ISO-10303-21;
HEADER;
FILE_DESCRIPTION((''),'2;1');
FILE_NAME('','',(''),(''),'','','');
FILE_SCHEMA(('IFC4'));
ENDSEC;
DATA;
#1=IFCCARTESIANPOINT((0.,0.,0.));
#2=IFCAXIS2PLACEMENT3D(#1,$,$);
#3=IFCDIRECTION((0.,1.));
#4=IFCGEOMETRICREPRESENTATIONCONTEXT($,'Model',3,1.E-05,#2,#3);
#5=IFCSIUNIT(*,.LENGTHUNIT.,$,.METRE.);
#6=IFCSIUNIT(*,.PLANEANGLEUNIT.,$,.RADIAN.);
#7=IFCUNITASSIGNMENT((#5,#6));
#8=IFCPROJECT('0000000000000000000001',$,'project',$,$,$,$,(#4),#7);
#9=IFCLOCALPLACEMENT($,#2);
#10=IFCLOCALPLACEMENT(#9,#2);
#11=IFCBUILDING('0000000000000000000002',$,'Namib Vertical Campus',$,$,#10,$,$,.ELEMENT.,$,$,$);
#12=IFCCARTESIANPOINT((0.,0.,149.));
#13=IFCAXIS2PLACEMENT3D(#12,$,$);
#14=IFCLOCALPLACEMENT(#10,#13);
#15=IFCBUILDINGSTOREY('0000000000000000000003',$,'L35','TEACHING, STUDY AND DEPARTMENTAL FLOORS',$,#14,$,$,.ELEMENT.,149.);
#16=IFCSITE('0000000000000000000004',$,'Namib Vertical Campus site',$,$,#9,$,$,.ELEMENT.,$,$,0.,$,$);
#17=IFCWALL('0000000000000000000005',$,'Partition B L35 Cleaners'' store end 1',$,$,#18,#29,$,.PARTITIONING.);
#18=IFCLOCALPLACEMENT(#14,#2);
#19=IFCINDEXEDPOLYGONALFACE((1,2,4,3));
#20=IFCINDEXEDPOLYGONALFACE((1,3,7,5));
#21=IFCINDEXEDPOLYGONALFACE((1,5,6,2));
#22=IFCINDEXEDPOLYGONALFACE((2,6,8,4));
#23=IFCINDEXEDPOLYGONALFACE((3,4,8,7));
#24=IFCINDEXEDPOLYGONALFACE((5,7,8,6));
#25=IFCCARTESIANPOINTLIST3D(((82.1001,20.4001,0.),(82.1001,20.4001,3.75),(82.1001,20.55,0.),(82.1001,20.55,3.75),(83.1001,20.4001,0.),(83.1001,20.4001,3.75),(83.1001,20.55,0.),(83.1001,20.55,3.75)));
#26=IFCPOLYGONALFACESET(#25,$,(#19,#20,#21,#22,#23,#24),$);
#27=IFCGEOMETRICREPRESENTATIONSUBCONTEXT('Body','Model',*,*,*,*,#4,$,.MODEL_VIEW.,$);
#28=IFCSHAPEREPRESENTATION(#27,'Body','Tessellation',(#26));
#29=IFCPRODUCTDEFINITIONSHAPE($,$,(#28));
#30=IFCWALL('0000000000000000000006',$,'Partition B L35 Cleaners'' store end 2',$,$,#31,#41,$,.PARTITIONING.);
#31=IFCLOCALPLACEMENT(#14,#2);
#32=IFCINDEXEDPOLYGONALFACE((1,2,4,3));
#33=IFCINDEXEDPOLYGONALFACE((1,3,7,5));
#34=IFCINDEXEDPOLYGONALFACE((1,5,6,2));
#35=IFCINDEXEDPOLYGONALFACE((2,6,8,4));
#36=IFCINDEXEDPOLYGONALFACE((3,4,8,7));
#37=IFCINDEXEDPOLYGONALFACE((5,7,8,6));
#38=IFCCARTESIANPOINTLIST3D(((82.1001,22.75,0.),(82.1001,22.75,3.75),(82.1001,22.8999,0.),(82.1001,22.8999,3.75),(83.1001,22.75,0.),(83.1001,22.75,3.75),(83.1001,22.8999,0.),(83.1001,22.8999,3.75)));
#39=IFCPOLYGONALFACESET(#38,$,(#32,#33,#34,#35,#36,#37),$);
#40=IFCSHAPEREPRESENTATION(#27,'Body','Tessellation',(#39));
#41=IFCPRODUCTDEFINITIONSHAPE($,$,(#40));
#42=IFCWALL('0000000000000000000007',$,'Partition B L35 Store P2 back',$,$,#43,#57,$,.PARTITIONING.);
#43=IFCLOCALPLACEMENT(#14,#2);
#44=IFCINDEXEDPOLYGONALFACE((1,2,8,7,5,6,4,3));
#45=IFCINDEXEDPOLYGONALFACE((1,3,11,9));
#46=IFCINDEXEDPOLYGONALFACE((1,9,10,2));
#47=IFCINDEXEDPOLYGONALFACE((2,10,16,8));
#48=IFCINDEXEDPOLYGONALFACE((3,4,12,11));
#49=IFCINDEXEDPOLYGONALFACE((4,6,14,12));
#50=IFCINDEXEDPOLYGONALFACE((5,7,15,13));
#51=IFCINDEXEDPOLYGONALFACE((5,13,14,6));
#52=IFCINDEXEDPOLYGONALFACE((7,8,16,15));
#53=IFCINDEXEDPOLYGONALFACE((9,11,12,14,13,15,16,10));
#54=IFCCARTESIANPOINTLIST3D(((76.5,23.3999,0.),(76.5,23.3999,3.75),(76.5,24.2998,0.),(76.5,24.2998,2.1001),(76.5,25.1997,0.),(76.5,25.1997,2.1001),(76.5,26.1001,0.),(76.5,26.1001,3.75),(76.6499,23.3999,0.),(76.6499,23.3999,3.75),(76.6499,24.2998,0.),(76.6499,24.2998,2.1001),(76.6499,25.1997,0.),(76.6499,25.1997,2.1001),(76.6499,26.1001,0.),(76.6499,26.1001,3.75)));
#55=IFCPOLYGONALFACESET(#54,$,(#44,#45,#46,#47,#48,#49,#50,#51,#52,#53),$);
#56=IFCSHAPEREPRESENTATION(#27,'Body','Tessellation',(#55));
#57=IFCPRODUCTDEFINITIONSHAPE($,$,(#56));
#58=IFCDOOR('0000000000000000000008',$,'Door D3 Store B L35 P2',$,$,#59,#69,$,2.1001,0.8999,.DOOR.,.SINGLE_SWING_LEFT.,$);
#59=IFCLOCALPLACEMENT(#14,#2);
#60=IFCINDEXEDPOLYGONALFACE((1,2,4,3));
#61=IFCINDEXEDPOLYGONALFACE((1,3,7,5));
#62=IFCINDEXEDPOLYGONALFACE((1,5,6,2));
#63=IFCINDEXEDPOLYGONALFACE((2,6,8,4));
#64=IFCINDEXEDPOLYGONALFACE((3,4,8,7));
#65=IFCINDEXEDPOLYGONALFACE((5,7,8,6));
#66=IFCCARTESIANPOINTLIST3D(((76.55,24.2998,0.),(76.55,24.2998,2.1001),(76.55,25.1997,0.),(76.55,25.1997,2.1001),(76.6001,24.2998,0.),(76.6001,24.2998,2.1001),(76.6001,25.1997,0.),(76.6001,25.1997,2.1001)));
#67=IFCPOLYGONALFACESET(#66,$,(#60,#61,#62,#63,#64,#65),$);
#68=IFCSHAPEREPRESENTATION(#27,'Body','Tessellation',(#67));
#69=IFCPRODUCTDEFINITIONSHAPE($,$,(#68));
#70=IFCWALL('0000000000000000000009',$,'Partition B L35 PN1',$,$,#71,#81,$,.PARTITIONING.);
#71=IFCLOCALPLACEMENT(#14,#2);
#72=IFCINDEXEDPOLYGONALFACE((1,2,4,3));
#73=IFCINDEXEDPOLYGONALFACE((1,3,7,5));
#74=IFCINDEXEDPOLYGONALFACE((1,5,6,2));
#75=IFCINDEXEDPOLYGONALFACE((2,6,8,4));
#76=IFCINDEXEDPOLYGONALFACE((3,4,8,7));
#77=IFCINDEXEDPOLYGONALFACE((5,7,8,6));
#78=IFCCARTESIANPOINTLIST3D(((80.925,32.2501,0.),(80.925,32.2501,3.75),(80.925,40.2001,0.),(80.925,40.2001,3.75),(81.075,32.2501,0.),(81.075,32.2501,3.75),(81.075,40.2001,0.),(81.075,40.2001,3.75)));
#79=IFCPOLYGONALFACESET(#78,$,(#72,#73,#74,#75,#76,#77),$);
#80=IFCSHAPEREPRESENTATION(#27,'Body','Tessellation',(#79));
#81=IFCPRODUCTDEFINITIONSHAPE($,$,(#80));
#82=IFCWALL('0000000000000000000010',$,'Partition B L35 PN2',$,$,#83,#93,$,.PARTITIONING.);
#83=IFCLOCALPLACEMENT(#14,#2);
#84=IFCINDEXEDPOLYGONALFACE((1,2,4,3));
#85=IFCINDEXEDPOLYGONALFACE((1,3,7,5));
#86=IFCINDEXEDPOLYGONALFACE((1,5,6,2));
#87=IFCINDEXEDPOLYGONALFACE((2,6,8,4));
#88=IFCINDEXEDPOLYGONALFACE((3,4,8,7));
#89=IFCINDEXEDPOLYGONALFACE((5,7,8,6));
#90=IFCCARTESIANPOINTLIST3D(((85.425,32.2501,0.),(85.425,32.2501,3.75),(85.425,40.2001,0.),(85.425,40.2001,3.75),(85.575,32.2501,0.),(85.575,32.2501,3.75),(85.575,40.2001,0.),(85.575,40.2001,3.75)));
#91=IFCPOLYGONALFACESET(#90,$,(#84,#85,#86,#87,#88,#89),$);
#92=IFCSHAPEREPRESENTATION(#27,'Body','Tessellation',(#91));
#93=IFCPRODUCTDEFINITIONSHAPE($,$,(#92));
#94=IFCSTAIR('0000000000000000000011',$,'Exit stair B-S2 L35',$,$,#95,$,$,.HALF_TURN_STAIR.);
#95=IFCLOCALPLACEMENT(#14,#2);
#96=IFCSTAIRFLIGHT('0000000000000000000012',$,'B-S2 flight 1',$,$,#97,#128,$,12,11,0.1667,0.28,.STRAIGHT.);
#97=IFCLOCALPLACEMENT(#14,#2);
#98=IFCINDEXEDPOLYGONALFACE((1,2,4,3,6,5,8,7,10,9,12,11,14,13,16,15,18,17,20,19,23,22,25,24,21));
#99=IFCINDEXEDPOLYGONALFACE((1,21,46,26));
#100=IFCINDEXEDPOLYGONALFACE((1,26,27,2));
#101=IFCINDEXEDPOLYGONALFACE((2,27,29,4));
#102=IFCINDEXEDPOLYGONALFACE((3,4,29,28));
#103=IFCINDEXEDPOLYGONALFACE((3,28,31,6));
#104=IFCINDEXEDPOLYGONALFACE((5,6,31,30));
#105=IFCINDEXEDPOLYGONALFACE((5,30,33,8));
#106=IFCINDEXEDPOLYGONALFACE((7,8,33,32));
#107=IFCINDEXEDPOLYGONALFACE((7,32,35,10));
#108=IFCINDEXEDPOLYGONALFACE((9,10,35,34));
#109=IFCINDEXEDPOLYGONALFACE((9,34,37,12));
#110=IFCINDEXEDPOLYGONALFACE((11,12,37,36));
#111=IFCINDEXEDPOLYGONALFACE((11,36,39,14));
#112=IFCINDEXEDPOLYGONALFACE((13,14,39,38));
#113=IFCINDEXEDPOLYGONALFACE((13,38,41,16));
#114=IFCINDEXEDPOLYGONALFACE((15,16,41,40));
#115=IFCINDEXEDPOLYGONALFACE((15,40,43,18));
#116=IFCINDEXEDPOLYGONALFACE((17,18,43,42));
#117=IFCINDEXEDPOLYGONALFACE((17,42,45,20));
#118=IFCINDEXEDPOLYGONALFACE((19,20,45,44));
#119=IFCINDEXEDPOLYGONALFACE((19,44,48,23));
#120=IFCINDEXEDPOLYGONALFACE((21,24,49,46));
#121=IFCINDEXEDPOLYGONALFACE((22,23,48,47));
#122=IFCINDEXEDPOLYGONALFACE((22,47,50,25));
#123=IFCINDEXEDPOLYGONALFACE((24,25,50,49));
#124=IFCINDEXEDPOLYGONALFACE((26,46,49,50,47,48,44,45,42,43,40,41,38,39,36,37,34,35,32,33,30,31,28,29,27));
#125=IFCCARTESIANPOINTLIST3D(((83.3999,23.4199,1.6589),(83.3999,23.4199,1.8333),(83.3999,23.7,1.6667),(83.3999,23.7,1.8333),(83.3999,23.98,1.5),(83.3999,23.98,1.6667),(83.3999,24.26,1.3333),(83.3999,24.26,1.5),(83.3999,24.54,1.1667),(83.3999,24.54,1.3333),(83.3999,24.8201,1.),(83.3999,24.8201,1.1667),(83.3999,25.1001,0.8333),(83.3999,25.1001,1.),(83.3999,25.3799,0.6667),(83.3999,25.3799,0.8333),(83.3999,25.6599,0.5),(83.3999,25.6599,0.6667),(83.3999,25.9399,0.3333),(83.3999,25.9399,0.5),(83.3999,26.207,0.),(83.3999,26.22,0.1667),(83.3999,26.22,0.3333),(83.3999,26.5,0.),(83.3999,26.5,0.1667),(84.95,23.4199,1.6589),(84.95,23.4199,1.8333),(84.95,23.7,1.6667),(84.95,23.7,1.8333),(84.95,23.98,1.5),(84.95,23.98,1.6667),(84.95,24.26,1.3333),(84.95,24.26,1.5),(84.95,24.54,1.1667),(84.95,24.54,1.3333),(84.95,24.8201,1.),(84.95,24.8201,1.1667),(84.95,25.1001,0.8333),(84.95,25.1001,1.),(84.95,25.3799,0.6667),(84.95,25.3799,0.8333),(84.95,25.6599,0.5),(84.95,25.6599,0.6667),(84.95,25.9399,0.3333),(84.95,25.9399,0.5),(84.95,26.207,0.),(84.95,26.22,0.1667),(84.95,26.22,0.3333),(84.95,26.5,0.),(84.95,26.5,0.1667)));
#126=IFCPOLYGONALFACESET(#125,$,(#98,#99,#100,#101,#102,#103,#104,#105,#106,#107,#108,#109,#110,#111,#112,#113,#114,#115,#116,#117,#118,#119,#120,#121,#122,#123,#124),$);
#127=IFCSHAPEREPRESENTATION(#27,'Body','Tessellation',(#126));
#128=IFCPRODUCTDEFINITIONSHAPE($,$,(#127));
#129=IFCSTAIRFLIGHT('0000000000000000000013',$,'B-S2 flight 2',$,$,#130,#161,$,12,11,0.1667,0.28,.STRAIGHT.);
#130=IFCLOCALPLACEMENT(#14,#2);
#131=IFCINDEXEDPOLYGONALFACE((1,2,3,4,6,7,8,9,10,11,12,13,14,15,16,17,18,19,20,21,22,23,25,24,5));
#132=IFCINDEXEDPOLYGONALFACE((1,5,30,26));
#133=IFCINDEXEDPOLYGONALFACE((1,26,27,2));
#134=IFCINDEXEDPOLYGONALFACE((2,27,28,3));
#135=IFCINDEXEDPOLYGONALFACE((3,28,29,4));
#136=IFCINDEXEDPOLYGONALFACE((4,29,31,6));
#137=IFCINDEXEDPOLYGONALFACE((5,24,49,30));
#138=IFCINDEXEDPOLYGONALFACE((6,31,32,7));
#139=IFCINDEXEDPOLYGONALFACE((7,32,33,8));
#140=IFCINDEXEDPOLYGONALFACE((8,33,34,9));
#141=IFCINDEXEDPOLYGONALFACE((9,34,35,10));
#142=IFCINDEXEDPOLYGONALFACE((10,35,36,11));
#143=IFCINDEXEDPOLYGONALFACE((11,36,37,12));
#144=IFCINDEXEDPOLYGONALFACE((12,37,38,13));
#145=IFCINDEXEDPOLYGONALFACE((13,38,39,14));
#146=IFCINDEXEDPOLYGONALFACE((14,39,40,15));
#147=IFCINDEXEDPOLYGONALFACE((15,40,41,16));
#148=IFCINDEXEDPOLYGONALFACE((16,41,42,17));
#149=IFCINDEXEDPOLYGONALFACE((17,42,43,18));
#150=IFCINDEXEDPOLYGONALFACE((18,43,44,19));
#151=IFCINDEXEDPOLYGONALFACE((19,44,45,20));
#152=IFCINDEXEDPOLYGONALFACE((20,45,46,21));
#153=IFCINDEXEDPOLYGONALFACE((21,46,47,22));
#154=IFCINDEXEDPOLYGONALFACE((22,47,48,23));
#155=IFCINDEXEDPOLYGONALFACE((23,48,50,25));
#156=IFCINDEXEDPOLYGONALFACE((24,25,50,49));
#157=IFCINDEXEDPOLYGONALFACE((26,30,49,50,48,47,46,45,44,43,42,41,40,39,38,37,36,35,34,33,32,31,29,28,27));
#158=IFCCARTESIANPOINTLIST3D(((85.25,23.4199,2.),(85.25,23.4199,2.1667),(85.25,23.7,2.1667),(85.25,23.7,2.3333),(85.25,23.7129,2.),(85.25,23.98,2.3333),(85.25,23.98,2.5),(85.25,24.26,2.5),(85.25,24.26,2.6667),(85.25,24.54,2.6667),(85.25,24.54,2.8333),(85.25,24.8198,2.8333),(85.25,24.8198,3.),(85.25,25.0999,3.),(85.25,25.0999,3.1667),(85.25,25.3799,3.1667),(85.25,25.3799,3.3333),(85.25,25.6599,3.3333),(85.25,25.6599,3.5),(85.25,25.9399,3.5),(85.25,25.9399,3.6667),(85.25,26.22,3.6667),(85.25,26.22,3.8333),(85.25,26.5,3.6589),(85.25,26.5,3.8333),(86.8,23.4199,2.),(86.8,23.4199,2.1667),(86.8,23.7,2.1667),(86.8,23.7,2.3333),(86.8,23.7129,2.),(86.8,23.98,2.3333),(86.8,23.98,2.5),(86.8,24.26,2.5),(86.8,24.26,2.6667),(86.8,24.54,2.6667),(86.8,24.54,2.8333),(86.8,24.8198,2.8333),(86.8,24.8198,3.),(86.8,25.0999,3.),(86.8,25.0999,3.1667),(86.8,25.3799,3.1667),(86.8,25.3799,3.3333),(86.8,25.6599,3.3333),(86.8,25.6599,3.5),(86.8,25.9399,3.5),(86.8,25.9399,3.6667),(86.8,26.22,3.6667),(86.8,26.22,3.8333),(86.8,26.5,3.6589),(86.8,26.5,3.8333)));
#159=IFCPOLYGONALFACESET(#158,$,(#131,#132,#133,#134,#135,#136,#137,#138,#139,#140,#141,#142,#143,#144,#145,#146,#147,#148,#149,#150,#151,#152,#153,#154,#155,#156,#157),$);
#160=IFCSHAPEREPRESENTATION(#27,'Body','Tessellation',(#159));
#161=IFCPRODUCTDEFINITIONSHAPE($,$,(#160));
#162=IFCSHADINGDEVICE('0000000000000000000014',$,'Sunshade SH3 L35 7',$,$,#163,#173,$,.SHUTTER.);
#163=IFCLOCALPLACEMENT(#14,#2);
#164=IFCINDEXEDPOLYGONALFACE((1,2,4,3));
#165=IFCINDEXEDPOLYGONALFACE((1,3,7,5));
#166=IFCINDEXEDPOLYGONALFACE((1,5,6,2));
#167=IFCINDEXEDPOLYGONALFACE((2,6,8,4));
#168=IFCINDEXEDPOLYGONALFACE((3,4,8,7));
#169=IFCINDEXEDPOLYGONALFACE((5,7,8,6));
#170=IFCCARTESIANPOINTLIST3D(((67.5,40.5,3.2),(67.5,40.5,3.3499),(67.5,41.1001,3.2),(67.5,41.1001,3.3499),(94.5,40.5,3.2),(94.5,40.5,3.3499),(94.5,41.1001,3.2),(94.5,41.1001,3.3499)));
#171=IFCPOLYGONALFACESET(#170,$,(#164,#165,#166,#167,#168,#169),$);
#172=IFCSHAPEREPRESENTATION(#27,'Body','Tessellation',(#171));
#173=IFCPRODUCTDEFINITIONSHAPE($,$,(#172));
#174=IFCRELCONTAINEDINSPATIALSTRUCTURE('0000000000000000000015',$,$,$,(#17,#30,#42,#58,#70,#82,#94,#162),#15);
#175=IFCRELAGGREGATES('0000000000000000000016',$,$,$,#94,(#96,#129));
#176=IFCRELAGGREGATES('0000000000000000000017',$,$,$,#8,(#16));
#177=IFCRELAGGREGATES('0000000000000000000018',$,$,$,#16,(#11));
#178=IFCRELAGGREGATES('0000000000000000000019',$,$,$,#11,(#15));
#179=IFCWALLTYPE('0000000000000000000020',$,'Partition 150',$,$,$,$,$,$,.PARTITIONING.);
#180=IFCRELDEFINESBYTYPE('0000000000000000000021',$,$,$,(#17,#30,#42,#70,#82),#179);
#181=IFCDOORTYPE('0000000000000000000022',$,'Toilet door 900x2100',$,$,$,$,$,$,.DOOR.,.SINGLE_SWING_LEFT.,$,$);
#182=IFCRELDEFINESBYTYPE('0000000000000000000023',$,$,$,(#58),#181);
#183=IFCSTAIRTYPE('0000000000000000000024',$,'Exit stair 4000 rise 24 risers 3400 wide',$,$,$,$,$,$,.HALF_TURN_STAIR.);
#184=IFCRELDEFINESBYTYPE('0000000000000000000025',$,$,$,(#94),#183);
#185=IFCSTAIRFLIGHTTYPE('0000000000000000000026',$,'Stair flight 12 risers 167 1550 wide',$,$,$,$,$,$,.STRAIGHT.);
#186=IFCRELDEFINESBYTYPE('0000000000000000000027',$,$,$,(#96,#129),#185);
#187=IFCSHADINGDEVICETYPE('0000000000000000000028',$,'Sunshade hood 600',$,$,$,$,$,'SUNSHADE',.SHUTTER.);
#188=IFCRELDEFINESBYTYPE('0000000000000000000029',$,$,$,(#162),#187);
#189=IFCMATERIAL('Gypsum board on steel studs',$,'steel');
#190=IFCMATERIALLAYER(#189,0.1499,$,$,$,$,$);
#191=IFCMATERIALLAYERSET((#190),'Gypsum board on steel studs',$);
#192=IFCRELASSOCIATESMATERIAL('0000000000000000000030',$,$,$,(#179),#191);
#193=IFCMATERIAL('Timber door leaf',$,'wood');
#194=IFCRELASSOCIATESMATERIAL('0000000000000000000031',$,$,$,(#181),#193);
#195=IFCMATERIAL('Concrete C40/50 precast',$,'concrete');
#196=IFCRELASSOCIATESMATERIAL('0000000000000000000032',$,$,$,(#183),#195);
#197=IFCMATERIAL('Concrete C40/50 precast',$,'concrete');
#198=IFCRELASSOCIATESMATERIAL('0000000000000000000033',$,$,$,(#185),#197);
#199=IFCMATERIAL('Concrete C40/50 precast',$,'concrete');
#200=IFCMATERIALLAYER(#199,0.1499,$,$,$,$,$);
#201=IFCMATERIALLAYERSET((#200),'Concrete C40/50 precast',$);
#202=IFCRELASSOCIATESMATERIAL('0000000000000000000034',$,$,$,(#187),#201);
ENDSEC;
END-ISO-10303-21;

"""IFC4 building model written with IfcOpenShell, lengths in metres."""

from ifc_helpers import new_model, si_unit, direction, frame, frame_2d, origin, origin_2d, place, context, subcontext, project, spatial, polyline, rectangle, outline, extrude, material, layer, layer_set, type_object, element, fill, aggregate, save


model = new_model("IFC4")

# Units and contexts
model_context = context("Model", 3, precision=1e-05, world=origin(), true_north=direction((0.0, 1.0)))
body_context = subcontext(model_context, "Body", "Model", "MODEL_VIEW")
ifc_project = project(units=[si_unit("LENGTHUNIT", "METRE"), si_unit("PLANEANGLEUNIT", "RADIAN")], contexts=[model_context])

# Site, building, storey
site_placement = place(None, origin())
site = spatial("IfcSite", under=ifc_project, at=site_placement, Name="Namib Vertical Campus site", CompositionType="ELEMENT", RefElevation=0.0)
building_placement = place(site_placement, origin())
building = spatial("IfcBuilding", under=site, at=building_placement, Name="Namib Vertical Campus", CompositionType="ELEMENT")
storey_placement = place(building_placement, frame((0.0, 0.0, 149.0)))
storey = spatial("IfcBuildingStorey", under=building, at=storey_placement, Name="L35", Description="TEACHING, STUDY AND DEPARTMENTAL FLOORS", CompositionType="ELEMENT", Elevation=149.0)

# Shared definitions
ifc_material_1 = material(Name="Gypsum board on steel studs", Category="steel")
ifc_layer_1 = layer(ifc_material_1, 0.1499)
ifc_layer_set_1 = layer_set([ifc_layer_1], Name="Gypsum board on steel studs")
wall_type_1 = type_object("IfcWallType", Name="Partition 150", PredefinedType="PARTITIONING", material=ifc_layer_set_1)
ifc_material_2 = material(Name="Timber door leaf", Category="wood")
door_type = type_object("IfcDoorType", Name="Toilet door 900x2100", OperationType="SINGLE_SWING_LEFT", PredefinedType="DOOR", material=ifc_material_2)

# Walls
for number, where, z_axis, x_axis, name in (
    (1, (82.1001, 20.4751, 0.0), (0.0, 0.0, 1.0), (1.0, 0.0, 0.0), "Partition B L35 Cleaners' store end 1"),
    (2, (82.1001, 22.825, 0.0), (0.0, 0.0, 1.0), (1.0, 0.0, 0.0), "Partition B L35 Cleaners' store end 2"),
):
    element("IfcWall", number, at=place(storey_placement, frame(where, z_axis=z_axis, x_axis=x_axis)), inside=storey, type_object=wall_type_1, Name=name, PredefinedType="PARTITIONING", context=body_context, shape_type="SweptSolid", body=[
        extrude(rectangle(XDim=1.0, YDim=0.1499, at=frame_2d((0.5, 0.0))), origin(), (0.0, 0.0, 1.0), 3.75),
    ])

# Wall, opening, door
wall_1_placement = place(storey_placement, frame((76.575, 23.3999, 0.0), z_axis=(0.0, 0.0, 1.0), x_axis=(0.0, 1.0, 0.0)))
wall_1 = element("IfcWall", 3, at=wall_1_placement, inside=storey, type_object=wall_type_1, Name="Partition B L35 Store P2 back", PredefinedType="PARTITIONING", context=body_context, shape_type="SweptSolid", body=[
    extrude(rectangle(XDim=2.7002, YDim=0.1499, at=frame_2d((1.3501, 0.0))), origin(), (0.0, 0.0, 1.0), 3.75),
])
opening_1_placement = place(wall_1_placement, frame((0.8999, 0.0, 0.0)))
opening_1 = element("IfcOpeningElement", 4, at=opening_1_placement, cuts=wall_1, PredefinedType="OPENING", context=body_context, shape_type="SweptSolid", body=[
    extrude(rectangle(XDim=0.8999, YDim=2.1001, at=frame_2d((0.45, 1.05))), frame((0.0, 0.085, 0.0), z_axis=(0.0, -1.0, 0.0), x_axis=(1.0, 0.0, 0.0)), (0.0, 0.0, 1.0), 0.1699),
])
door_1_placement = place(opening_1_placement, origin())
door_1 = element("IfcDoor", 5, at=door_1_placement, inside=storey, type_object=door_type, Name="Door D3 Store B L35 P2", OperationType="SINGLE_SWING_LEFT", OverallHeight=2.1001, OverallWidth=0.8999, PredefinedType="DOOR", context=body_context, shape_type="SweptSolid", body=[
    extrude(rectangle(XDim=0.8999, YDim=2.1001, at=frame_2d((0.45, 1.05))), frame((0.0, 0.0249, 0.0), z_axis=(0.0, -1.0, 0.0), x_axis=(1.0, 0.0, 0.0)), (0.0, 0.0, 1.0), 0.05),
])
fill(opening_1, door_1)

# Walls
for number, where, z_axis, x_axis, name in (
    (6, (81.0, 32.25, 0.0), (0.0, 0.0, 1.0), (0.0, 1.0, 0.0), "Partition B L35 PN1"),
    (7, (85.5, 32.25, 0.0), (0.0, 0.0, 1.0), (0.0, 1.0, 0.0), "Partition B L35 PN2"),
):
    element("IfcWall", number, at=place(storey_placement, frame(where, z_axis=z_axis, x_axis=x_axis)), inside=storey, type_object=wall_type_1, Name=name, PredefinedType="PARTITIONING", context=body_context, shape_type="SweptSolid", body=[
        extrude(rectangle(XDim=7.95, YDim=0.1499, at=frame_2d((3.9751, 0.0))), origin(), (0.0, 0.0, 1.0), 3.75),
    ])

# Stair, stair flights
ifc_material_3 = material(Name="Concrete C40/50 precast", Category="concrete")
stair_type = type_object("IfcStairType", Name="Exit stair 4000 rise 24 risers 3400 wide", PredefinedType="HALF_TURN_STAIR", material=ifc_material_3)
stair_placement = place(storey_placement, origin())
stair = element("IfcStair", 8, at=stair_placement, inside=storey, type_object=stair_type, Name="Exit stair B-S2 L35", PredefinedType="HALF_TURN_STAIR")
ifc_material_4 = material(Name="Concrete C40/50 precast", Category="concrete")
stair_flight_type = type_object("IfcStairFlightType", Name="Stair flight 12 risers 167 1550 wide", PredefinedType="STRAIGHT", material=ifc_material_4)
stair_flight_1_placement = place(storey_placement, frame((84.175, 26.5, 0.0), z_axis=(0.0, 0.0, 1.0), x_axis=(0.0, -1.0, 0.0)))
stair_flight_1 = element("IfcStairFlight", 9, at=stair_flight_1_placement, type_object=stair_flight_type, Name="B-S2 flight 1", NumberOfRisers=12, NumberOfTreads=11, PredefinedType="STRAIGHT", RiserHeight=0.1667, TreadLength=0.28, context=body_context, shape_type="SweptSolid", body=[
    extrude(outline(polyline([(0.0, 0.0), (0.0, 0.1667), (0.28, 0.1667), (0.28, 0.3333), (0.5601, 0.3333), (0.5601, 0.5), (0.8401, 0.5), (0.8401, 0.6667), (1.1201, 0.6667), (1.1201, 0.8333), (1.3999, 0.8333), (1.3999, 1.0), (1.6799, 1.0), (1.6799, 1.1667), (1.96, 1.1667), (1.96, 1.3333), (2.24, 1.3333), (2.24, 1.5), (2.52, 1.5), (2.52, 1.6667), (2.8, 1.6667), (2.8, 1.8333), (3.0801, 1.8333), (3.0801, 2.0), (3.0801, 1.6589), (0.293, 0.0), (0.0, 0.0)])), frame((0.0, 0.7749, 0.0), z_axis=(0.0, -1.0, 0.0), x_axis=(1.0, 0.0, 0.0)), (0.0, 0.0, 1.0), 1.55),
])
stair_flight_2_placement = place(storey_placement, frame((86.0249, 23.4199, 2.0), z_axis=(0.0, 0.0, 1.0), x_axis=(0.0, 1.0, 0.0)))
stair_flight_2 = element("IfcStairFlight", 10, at=stair_flight_2_placement, type_object=stair_flight_type, Name="B-S2 flight 2", NumberOfRisers=12, NumberOfTreads=11, PredefinedType="STRAIGHT", RiserHeight=0.1667, TreadLength=0.28, context=body_context, shape_type="SweptSolid", body=[
    extrude(outline(polyline([(0.0, 0.0), (0.0, 0.1667), (0.28, 0.1667), (0.28, 0.3333), (0.5601, 0.3333), (0.5601, 0.5), (0.8401, 0.5), (0.8401, 0.6667), (1.1201, 0.6667), (1.1201, 0.8333), (1.3999, 0.8333), (1.3999, 1.0), (1.6799, 1.0), (1.6799, 1.1667), (1.96, 1.1667), (1.96, 1.3333), (2.24, 1.3333), (2.24, 1.5), (2.52, 1.5), (2.52, 1.6667), (2.8, 1.6667), (2.8, 1.8333), (3.0801, 1.8333), (3.0801, 2.0), (3.0801, 1.6589), (0.293, 0.0), (0.0, 0.0)])), frame((0.0, 0.7749, 0.0), z_axis=(0.0, -1.0, 0.0), x_axis=(1.0, 0.0, 0.0)), (0.0, 0.0, 1.0), 1.55),
])
aggregate(stair, [stair_flight_1, stair_flight_2])

# Shading device
ifc_material_5 = material(Name="Concrete C40/50 precast", Category="concrete")
ifc_layer_2 = layer(ifc_material_5, 0.1499)
ifc_layer_set_2 = layer_set([ifc_layer_2], Name="Concrete C40/50 precast")
shading_device_type = type_object("IfcShadingDeviceType", Name="Sunshade hood 600", ElementType="SUNSHADE", PredefinedType="SHUTTER", material=ifc_layer_set_2)
shading_device_placement = place(storey_placement, frame((81.0, 40.8, 3.2), z_axis=(0.0, 0.0, 1.0), x_axis=(-1.0, 0.0, 0.0)))
element("IfcShadingDevice", 11, at=shading_device_placement, inside=storey, type_object=shading_device_type, Name="Sunshade SH3 L35 7", PredefinedType="SHUTTER", context=body_context, shape_type="SweptSolid", body=[
    extrude(rectangle(XDim=27.0, YDim=0.6001, at=origin_2d()), origin(), (0.0, 0.0, 1.0), 0.1499),
])

save(model, "model.ifc")
